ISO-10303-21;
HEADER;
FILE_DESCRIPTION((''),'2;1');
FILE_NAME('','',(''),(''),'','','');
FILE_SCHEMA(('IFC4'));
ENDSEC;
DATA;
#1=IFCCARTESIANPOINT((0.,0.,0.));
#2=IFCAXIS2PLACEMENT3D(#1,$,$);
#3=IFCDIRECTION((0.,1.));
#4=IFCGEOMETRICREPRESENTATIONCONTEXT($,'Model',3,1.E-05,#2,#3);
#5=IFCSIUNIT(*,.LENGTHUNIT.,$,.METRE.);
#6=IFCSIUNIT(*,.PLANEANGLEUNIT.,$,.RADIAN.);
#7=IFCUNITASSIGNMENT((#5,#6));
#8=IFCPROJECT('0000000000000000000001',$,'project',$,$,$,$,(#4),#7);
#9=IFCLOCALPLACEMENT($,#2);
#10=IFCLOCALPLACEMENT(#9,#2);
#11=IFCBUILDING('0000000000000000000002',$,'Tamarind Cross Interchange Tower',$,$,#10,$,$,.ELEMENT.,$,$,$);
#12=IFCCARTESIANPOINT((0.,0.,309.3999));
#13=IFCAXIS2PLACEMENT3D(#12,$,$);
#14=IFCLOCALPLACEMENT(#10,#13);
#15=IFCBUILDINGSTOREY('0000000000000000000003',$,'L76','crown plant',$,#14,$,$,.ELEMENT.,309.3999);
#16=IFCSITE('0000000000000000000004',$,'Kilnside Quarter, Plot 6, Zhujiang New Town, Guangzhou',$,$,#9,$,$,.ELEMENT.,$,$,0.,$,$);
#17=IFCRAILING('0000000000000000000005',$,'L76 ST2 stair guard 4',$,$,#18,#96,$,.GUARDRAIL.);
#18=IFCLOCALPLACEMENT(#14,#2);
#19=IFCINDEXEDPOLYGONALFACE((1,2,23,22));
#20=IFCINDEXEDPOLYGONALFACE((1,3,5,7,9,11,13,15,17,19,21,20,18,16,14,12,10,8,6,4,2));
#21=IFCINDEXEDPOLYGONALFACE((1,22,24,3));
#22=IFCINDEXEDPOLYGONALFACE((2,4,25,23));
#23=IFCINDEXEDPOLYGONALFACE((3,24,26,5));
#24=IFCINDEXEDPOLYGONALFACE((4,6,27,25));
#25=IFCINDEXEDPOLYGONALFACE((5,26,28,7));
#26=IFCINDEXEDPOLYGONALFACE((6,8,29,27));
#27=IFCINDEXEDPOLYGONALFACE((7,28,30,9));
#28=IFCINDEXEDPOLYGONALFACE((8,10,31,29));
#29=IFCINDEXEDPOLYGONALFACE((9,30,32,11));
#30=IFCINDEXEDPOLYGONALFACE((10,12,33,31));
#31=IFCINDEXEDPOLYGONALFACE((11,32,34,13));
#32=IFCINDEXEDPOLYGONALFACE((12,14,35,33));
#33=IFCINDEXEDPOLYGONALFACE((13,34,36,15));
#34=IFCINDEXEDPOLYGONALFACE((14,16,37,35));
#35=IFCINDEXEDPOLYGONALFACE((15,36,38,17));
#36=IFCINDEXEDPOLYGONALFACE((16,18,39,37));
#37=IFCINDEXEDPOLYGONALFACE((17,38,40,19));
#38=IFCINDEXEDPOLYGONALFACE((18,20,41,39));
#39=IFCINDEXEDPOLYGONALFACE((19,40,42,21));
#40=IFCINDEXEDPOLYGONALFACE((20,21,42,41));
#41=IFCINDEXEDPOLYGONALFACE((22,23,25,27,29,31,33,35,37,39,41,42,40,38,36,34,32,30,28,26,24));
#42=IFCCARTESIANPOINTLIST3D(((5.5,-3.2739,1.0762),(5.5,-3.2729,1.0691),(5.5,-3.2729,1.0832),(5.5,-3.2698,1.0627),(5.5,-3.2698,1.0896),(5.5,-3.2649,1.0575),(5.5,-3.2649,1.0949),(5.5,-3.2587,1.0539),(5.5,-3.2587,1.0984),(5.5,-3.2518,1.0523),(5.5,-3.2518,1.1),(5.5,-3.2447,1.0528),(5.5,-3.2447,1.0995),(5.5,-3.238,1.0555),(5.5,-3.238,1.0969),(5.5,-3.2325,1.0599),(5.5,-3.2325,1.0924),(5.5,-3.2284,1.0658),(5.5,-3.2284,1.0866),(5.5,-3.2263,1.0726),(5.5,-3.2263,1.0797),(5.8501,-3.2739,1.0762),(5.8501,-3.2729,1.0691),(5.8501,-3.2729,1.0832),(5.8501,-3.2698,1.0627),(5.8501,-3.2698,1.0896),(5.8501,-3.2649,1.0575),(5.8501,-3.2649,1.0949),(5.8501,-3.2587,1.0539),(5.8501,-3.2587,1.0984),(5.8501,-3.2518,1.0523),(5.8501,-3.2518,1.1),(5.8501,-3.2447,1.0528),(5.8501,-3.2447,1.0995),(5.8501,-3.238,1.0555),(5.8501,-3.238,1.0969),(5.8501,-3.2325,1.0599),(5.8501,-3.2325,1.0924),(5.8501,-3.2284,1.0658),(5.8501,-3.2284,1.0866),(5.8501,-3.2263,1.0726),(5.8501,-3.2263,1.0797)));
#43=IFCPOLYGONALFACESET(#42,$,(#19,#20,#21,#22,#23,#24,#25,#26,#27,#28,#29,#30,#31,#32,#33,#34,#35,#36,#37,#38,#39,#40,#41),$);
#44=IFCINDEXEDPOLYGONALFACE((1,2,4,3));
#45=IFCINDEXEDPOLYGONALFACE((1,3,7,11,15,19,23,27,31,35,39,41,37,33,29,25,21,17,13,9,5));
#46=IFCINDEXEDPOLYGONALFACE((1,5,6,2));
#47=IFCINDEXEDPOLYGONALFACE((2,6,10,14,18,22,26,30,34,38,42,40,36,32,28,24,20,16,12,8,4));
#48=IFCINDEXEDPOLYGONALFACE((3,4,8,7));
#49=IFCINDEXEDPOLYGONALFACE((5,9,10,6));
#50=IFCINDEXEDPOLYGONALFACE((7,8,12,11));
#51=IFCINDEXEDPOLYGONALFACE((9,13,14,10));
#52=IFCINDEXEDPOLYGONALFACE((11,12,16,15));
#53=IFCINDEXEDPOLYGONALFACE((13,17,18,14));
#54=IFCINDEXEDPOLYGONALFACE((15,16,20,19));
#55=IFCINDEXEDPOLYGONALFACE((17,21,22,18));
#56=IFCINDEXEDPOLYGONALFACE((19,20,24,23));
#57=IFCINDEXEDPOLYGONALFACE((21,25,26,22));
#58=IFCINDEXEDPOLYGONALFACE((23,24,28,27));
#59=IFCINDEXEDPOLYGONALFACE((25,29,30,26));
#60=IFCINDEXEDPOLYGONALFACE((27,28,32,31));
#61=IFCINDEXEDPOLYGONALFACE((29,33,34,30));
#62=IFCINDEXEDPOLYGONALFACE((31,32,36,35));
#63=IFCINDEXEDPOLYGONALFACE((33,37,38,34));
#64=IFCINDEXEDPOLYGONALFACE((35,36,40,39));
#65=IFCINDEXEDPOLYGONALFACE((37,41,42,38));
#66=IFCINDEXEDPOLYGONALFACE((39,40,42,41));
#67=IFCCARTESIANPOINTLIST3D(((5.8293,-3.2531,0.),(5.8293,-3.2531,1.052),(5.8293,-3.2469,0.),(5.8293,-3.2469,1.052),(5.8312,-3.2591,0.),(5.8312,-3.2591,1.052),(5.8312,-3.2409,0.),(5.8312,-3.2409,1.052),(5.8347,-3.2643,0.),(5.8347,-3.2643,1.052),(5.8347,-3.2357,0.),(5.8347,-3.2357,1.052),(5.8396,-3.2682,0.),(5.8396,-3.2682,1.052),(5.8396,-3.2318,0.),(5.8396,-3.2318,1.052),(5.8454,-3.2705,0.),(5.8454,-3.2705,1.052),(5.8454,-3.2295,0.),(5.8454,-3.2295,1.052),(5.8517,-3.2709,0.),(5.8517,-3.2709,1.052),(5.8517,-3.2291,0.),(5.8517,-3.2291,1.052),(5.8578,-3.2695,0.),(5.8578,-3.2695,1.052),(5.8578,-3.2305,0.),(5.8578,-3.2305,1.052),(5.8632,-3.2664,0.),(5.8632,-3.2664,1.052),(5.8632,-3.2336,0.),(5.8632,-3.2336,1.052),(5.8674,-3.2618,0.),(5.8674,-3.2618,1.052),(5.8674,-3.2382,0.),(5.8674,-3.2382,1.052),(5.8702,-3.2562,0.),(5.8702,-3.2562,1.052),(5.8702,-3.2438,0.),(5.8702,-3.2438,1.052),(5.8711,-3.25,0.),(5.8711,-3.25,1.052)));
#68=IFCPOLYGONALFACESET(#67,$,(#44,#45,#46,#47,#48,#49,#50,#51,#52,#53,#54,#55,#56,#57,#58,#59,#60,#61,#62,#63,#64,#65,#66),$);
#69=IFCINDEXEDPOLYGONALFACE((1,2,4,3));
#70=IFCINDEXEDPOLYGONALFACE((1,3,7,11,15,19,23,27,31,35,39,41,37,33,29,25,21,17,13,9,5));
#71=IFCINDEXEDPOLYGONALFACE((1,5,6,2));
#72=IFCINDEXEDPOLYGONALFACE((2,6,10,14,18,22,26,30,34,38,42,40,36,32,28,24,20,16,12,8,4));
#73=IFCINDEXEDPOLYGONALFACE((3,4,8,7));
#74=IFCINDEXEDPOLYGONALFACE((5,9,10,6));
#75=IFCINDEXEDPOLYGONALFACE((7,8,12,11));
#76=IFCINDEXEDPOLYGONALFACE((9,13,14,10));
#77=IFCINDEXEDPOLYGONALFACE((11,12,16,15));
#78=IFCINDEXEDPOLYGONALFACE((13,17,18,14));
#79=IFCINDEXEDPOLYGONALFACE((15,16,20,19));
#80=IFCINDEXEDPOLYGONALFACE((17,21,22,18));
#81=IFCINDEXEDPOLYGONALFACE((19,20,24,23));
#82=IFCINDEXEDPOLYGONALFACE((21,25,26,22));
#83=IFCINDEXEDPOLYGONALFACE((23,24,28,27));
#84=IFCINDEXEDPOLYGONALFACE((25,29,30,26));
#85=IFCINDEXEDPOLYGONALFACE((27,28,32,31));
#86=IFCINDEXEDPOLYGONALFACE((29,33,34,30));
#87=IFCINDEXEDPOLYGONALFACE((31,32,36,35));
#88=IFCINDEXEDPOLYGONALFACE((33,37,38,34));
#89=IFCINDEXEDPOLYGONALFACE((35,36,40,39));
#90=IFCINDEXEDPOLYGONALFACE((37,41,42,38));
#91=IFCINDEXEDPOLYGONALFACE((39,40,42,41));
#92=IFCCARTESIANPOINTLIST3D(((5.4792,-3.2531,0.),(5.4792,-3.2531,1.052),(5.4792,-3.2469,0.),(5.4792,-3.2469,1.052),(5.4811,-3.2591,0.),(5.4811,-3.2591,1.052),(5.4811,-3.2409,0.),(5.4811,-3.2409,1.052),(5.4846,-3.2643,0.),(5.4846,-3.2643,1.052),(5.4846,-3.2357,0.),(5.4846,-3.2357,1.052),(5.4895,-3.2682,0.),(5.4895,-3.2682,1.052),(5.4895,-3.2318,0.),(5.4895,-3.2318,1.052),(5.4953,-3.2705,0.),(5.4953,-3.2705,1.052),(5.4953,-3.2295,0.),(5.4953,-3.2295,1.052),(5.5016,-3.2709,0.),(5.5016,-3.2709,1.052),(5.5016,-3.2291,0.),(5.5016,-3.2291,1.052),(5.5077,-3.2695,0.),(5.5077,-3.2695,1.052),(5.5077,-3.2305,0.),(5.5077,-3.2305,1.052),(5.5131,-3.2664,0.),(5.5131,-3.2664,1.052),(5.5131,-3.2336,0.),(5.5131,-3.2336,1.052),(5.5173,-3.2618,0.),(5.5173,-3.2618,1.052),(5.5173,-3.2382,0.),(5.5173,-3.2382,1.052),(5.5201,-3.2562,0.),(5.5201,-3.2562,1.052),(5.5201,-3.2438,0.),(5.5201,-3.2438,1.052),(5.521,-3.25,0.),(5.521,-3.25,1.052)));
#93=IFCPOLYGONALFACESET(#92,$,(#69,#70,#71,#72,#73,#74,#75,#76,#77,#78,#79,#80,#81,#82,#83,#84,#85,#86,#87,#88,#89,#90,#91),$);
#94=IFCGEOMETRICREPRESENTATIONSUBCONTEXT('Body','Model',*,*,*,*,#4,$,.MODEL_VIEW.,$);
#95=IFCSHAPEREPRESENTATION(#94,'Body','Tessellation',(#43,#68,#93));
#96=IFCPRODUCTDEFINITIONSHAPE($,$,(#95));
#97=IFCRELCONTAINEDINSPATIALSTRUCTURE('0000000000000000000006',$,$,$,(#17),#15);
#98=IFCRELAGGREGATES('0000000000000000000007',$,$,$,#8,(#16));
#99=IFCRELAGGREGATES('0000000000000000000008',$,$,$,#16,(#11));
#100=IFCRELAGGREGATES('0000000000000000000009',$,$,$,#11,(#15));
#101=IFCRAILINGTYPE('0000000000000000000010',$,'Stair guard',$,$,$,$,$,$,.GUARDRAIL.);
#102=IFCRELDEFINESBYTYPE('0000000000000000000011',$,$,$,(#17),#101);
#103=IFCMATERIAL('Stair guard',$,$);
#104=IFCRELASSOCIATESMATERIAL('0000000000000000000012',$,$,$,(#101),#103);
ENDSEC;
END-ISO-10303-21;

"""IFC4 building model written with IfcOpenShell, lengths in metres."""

from ifc_helpers import new_model, si_unit, direction, frame, origin, origin_2d, place, context, subcontext, project, spatial, circle, extrude, material, type_object, element, save


model = new_model("IFC4")

# Units and contexts
model_context = context("Model", 3, precision=1e-05, world=origin(), true_north=direction((0.0, 1.0)))
body_context = subcontext(model_context, "Body", "Model", "MODEL_VIEW")
ifc_project = project(units=[si_unit("LENGTHUNIT", "METRE"), si_unit("PLANEANGLEUNIT", "RADIAN")], contexts=[model_context])

# Site, building, storey
site_placement = place(None, origin())
site = spatial("IfcSite", under=ifc_project, at=site_placement, Name="Kilnside Quarter, Plot 6, Zhujiang New Town, Guangzhou", CompositionType="ELEMENT", RefElevation=0.0)
building_placement = place(site_placement, origin())
building = spatial("IfcBuilding", under=site, at=building_placement, Name="Tamarind Cross Interchange Tower", CompositionType="ELEMENT")
storey_placement = place(building_placement, frame((0.0, 0.0, 309.3999)))
storey = spatial("IfcBuildingStorey", under=building, at=storey_placement, Name="L76", Description="crown plant", CompositionType="ELEMENT", Elevation=309.3999)

# Railing
ifc_material_1 = material(Name="Stair guard")
railing_type_1 = type_object("IfcRailingType", Name="Stair guard", PredefinedType="GUARDRAIL", material=ifc_material_1)
railing_1_placement = place(storey_placement, frame((5.8501, -3.25, 0.0)))
element("IfcRailing", 1, at=railing_1_placement, inside=storey, type_object=railing_type_1, Name="L76 ST2 stair guard 4", PredefinedType="GUARDRAIL", context=body_context, shape_type="SweptSolid", body=[
    extrude(circle(Radius=0.0239, at=origin_2d()), frame((0.0, 0.0, 1.0762), z_axis=(-1.0, 0.0, 0.0), x_axis=(0.0, -1.0, 0.0)), (0.0, 0.0, 1.0), 0.3501),
    extrude(circle(Radius=0.021, at=origin_2d()), origin(), (0.0, 0.0, 1.0), 1.052),
    extrude(circle(Radius=0.021, at=origin_2d()), frame((-0.3501, 0.0, 0.0)), (0.0, 0.0, 1.0), 1.052),
])

save(model, "model.ifc")
